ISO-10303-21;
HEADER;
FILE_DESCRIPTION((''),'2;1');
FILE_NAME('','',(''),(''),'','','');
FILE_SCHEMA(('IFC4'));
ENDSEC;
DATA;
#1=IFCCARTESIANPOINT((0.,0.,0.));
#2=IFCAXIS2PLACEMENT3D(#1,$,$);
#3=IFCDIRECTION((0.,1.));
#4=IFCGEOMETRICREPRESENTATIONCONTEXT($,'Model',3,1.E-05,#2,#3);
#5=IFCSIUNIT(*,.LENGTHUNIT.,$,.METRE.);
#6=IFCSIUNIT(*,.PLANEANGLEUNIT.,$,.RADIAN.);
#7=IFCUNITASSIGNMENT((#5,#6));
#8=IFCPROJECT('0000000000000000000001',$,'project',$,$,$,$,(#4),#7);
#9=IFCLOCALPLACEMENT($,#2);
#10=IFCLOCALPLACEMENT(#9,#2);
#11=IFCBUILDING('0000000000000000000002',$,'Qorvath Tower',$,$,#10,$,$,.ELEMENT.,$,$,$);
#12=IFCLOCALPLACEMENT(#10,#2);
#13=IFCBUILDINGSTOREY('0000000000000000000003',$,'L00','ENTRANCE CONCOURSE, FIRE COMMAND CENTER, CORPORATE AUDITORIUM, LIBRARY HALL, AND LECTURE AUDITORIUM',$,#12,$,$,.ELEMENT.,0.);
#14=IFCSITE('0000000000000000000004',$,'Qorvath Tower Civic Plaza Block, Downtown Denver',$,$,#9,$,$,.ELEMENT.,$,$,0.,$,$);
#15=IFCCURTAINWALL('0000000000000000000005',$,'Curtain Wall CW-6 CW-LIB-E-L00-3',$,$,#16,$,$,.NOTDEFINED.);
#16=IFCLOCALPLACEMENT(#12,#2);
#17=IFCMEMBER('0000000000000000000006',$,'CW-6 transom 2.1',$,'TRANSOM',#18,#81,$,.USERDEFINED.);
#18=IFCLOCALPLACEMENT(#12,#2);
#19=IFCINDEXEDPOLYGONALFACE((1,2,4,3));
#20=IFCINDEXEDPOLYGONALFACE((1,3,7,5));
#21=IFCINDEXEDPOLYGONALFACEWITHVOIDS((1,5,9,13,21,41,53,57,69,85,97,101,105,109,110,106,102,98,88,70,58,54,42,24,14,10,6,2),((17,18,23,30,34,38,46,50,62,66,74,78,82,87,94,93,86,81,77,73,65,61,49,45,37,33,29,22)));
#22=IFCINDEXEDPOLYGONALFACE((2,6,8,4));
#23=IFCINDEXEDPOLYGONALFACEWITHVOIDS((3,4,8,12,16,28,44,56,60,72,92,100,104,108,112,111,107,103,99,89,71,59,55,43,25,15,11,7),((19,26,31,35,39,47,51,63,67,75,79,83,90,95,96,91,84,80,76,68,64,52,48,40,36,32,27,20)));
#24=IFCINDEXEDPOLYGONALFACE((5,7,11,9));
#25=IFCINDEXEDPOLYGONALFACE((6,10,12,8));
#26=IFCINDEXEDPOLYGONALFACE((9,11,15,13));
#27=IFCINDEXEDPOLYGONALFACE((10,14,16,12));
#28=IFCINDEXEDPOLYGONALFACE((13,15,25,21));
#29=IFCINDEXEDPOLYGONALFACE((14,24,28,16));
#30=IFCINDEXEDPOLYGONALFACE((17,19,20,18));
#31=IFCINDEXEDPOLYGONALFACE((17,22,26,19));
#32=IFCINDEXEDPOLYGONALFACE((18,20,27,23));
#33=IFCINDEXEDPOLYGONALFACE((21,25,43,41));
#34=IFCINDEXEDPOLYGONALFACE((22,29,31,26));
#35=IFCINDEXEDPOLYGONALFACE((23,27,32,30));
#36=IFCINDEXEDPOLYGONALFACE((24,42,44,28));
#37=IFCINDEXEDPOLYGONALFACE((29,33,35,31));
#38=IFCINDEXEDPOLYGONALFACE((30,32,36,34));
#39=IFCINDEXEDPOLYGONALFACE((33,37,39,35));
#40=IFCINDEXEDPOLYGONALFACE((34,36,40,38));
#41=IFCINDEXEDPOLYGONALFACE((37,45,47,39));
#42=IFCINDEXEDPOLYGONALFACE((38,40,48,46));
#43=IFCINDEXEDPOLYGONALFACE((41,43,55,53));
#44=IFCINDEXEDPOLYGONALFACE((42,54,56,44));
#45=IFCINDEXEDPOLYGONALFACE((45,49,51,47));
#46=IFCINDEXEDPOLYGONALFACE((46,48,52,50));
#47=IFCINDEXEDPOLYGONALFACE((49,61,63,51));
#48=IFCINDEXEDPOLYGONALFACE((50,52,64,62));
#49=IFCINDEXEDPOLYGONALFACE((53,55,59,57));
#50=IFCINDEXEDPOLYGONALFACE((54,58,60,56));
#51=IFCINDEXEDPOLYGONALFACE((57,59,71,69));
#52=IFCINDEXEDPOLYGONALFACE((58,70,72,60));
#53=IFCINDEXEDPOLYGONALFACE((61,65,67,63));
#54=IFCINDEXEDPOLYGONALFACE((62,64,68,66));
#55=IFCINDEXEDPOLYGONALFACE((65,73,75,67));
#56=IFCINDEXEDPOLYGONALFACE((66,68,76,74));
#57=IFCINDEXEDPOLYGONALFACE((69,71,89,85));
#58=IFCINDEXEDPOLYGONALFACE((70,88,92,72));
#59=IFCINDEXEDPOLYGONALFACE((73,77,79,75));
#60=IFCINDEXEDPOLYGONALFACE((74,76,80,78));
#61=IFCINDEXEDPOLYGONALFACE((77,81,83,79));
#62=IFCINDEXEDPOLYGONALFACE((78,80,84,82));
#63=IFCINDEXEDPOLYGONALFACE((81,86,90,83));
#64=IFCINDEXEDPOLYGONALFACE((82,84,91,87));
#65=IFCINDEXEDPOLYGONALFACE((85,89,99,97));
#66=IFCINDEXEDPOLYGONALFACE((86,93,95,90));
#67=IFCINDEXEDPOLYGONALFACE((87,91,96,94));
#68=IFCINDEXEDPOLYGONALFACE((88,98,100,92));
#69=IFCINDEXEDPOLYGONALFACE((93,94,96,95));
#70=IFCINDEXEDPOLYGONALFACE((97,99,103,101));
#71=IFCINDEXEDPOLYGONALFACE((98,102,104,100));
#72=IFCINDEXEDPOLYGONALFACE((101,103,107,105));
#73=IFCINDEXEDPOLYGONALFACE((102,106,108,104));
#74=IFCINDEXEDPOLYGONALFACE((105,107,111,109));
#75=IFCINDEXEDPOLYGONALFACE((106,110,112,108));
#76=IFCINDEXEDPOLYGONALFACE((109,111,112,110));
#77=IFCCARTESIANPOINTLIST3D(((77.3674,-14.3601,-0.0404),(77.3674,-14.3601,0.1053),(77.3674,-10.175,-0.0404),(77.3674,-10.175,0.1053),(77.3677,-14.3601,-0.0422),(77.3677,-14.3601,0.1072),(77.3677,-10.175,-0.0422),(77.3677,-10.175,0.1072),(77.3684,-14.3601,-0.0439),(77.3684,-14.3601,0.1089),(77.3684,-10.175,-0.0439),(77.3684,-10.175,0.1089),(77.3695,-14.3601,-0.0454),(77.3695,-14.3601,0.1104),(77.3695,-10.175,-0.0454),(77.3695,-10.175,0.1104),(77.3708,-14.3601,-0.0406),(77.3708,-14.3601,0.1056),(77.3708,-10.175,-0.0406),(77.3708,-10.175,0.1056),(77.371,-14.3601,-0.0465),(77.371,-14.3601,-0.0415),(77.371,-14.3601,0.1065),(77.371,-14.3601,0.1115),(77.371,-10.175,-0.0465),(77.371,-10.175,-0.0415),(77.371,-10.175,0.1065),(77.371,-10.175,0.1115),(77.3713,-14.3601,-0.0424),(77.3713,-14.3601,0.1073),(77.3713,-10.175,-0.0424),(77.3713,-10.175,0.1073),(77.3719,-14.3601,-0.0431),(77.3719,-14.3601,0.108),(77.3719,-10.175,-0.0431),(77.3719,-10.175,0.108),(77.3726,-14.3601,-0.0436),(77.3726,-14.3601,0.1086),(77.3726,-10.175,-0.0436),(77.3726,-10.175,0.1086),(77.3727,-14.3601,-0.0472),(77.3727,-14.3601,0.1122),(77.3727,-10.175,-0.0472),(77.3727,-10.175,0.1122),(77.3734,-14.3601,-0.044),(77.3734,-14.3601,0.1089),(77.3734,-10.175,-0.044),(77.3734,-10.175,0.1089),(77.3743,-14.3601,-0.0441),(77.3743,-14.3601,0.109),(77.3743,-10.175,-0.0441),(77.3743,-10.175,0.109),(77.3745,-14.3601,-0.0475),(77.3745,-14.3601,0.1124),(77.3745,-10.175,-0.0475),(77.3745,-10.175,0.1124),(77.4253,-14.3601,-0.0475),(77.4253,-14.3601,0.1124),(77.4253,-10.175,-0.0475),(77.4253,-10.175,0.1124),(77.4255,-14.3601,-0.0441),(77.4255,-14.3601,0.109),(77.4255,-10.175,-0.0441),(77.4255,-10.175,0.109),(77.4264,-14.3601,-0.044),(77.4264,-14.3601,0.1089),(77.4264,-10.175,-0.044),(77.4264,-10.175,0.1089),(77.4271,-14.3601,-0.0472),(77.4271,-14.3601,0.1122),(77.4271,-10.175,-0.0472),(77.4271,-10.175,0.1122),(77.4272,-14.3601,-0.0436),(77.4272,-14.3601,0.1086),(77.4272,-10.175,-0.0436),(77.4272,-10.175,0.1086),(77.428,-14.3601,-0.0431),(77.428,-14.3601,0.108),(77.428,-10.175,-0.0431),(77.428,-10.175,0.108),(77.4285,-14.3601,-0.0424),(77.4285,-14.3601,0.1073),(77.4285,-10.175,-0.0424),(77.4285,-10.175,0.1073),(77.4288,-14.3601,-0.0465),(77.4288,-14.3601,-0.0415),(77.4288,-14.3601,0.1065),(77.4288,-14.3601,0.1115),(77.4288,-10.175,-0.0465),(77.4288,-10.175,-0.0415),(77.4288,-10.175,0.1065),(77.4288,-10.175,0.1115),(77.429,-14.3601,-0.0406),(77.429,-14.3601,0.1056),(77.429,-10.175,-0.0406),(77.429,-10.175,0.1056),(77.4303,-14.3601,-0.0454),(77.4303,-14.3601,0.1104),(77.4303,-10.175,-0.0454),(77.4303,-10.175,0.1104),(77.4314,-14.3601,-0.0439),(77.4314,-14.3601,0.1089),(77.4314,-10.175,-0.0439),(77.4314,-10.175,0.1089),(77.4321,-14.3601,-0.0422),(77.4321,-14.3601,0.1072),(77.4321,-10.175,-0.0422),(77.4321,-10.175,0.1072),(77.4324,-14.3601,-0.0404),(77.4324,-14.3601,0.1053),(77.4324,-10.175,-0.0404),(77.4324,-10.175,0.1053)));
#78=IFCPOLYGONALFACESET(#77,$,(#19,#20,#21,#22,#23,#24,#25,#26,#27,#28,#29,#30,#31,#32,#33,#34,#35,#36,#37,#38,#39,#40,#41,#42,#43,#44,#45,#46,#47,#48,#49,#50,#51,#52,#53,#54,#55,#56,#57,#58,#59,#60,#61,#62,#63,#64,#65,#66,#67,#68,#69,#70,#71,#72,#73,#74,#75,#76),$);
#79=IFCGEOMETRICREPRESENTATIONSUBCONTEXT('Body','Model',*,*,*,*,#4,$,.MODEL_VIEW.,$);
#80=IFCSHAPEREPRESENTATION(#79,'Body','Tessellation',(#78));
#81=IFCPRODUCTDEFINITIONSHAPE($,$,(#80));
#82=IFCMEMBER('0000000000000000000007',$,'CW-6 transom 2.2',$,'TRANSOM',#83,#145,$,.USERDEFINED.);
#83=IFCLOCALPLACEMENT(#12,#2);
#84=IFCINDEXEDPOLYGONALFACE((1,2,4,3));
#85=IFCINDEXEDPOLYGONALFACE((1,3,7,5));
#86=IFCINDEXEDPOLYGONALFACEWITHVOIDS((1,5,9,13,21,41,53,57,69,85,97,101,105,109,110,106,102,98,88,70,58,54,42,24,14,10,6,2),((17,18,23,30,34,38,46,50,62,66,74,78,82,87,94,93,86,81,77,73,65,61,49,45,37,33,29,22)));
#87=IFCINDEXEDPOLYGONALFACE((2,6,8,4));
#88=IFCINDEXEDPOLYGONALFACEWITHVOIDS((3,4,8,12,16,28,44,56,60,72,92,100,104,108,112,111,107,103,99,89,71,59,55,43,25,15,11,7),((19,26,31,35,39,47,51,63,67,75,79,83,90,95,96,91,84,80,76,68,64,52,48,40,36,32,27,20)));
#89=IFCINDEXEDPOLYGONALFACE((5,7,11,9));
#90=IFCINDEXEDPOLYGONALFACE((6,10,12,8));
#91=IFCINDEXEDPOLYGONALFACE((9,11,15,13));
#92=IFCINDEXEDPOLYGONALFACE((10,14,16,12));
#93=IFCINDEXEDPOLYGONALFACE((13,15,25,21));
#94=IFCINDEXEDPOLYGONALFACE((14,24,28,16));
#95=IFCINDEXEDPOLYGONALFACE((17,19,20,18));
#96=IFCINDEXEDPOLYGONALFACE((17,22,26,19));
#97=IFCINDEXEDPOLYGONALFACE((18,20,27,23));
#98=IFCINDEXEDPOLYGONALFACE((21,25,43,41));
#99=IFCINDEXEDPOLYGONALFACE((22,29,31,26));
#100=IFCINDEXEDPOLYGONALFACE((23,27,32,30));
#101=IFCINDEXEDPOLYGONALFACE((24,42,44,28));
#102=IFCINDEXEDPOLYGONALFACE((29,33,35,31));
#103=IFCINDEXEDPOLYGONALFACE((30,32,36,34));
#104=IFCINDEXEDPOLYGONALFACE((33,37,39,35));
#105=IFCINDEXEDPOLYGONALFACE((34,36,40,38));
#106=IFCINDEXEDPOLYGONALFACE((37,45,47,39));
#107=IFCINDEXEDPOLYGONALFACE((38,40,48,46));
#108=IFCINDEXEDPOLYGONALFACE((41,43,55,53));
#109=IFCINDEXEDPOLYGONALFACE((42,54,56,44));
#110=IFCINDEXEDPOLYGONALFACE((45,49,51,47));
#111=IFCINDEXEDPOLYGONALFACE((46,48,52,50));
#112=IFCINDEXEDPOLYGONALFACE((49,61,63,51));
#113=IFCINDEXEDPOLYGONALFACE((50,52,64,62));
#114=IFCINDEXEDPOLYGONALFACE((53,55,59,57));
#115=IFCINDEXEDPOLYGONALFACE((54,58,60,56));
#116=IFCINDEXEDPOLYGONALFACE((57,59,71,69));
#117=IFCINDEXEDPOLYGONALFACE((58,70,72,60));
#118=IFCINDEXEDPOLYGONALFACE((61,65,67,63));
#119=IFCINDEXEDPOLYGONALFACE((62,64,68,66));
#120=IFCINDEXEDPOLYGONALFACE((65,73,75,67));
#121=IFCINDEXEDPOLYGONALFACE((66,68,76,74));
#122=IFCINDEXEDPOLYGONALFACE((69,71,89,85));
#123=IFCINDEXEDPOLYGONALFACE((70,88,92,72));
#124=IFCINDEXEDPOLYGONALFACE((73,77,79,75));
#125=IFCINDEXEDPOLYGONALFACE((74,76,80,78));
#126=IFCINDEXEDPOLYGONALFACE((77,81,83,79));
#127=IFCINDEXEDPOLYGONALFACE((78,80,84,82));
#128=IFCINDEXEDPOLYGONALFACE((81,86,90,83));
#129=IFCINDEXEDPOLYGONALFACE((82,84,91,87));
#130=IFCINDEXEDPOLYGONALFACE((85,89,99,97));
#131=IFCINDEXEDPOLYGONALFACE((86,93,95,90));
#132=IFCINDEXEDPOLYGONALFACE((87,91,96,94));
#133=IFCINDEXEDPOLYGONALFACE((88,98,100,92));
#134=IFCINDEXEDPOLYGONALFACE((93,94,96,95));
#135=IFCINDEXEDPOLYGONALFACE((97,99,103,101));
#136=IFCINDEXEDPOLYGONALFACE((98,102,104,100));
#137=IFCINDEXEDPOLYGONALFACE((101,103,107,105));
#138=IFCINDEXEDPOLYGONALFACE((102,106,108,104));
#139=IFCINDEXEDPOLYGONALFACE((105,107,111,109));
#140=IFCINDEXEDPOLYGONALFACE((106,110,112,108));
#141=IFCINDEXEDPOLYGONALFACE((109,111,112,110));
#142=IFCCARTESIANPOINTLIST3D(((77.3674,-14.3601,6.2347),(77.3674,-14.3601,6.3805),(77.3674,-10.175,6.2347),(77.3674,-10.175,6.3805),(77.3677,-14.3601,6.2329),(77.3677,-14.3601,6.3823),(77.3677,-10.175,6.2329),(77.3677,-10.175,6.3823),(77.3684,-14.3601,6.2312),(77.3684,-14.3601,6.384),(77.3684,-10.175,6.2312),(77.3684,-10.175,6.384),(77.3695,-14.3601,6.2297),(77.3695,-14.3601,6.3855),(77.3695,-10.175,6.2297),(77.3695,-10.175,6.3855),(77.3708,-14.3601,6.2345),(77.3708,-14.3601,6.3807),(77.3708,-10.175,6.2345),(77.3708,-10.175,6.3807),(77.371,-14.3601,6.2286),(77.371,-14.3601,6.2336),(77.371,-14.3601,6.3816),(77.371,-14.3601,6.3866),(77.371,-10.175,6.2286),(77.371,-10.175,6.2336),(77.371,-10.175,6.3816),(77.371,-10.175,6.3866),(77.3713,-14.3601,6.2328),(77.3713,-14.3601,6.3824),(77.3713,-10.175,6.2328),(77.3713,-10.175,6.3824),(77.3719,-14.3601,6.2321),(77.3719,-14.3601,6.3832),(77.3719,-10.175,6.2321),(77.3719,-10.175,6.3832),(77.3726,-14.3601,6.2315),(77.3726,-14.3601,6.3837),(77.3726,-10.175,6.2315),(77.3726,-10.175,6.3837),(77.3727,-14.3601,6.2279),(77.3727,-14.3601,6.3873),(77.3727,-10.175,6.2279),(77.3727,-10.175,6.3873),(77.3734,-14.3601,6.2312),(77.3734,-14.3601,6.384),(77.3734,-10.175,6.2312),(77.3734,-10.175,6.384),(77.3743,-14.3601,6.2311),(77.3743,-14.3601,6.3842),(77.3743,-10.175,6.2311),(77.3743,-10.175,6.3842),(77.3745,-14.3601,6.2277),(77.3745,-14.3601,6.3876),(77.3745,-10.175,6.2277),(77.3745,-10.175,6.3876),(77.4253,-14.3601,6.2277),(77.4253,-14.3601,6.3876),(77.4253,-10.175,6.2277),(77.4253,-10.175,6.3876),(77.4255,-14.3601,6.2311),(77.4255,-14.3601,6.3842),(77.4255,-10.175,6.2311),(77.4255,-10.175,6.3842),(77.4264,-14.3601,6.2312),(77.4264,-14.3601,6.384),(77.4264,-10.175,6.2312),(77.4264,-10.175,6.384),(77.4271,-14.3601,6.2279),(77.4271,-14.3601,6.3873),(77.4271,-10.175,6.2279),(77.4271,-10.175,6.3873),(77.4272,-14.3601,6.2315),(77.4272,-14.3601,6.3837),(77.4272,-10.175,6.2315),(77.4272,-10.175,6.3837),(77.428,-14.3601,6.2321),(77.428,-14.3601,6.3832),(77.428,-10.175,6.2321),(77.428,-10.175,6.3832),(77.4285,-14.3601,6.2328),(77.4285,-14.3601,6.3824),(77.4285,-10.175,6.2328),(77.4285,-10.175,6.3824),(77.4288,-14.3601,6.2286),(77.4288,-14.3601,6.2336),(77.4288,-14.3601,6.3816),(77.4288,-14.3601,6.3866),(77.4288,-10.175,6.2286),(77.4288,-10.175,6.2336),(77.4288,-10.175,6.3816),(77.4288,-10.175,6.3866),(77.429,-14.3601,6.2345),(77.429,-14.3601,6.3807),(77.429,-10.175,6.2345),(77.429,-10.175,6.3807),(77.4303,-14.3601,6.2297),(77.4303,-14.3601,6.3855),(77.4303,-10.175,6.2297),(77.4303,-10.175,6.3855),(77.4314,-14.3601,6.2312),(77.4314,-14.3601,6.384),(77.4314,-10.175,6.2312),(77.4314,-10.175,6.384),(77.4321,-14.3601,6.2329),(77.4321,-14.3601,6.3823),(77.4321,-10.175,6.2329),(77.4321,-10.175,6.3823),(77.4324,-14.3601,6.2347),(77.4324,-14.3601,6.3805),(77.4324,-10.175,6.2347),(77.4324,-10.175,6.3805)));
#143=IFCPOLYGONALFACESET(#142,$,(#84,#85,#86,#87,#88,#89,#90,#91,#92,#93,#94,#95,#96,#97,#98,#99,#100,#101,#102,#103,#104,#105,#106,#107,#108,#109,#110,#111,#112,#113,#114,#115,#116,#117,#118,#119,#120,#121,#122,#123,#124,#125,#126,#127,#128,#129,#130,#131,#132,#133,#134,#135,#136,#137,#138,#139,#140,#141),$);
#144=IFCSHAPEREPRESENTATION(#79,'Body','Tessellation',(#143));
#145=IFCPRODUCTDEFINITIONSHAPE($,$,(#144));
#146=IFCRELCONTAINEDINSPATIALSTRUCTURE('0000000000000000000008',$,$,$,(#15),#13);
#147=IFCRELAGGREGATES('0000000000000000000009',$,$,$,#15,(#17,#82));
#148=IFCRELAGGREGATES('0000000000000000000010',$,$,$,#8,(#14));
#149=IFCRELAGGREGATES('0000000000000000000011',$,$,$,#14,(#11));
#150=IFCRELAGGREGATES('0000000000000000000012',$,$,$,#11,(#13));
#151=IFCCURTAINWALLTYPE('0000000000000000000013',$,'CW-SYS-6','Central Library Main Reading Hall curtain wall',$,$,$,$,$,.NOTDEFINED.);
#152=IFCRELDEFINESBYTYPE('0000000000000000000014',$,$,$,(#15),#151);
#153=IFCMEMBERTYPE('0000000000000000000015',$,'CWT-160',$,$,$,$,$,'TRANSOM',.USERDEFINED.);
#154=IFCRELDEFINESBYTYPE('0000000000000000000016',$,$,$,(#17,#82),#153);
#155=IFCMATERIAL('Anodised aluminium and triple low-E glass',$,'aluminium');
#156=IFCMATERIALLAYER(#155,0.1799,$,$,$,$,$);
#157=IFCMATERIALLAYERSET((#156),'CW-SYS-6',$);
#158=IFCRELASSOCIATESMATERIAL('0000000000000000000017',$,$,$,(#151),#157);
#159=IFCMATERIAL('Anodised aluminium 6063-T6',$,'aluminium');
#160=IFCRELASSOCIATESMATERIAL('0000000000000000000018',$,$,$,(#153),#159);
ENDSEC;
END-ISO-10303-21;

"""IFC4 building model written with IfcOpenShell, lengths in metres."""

from ifc_helpers import new_model, si_unit, direction, frame, origin, origin_2d, place, context, subcontext, project, spatial, hollow_rectangle, extrude, material, layer, layer_set, material_profile, profile_set, type_object, element, aggregate, save


model = new_model("IFC4")

# Units and contexts
model_context = context("Model", 3, precision=1e-05, world=origin(), true_north=direction((0.0, 1.0)))
body_context = subcontext(model_context, "Body", "Model", "MODEL_VIEW")
ifc_project = project(units=[si_unit("LENGTHUNIT", "METRE"), si_unit("PLANEANGLEUNIT", "RADIAN")], contexts=[model_context])

# Site, building, storey
site_placement = place(None, origin())
site = spatial("IfcSite", under=ifc_project, at=site_placement, Name="Qorvath Tower Civic Plaza Block, Downtown Denver", CompositionType="ELEMENT", RefElevation=0.0)
building_placement = place(site_placement, origin())
building = spatial("IfcBuilding", under=site, at=building_placement, Name="Qorvath Tower", CompositionType="ELEMENT")
storey_placement = place(building_placement, origin())
storey = spatial("IfcBuildingStorey", under=building, at=storey_placement, Name="L00", Description="ENTRANCE CONCOURSE, FIRE COMMAND CENTER, CORPORATE AUDITORIUM, LIBRARY HALL, AND LECTURE AUDITORIUM", CompositionType="ELEMENT", Elevation=0.0)

# Curtain wall
ifc_material_1 = material(Name="Anodised aluminium and triple low-E glass", Category="aluminium")
ifc_layer_1 = layer(ifc_material_1, 0.1799)
ifc_layer_set_1 = layer_set([ifc_layer_1], Name="CW-SYS-6")
curtain_wall_type = type_object("IfcCurtainWallType", Name="CW-SYS-6", Description="Central Library Main Reading Hall curtain wall", PredefinedType="NOTDEFINED", material=ifc_layer_set_1)
curtain_wall_1_placement = place(storey_placement, origin())
curtain_wall_1 = element("IfcCurtainWall", 1, at=curtain_wall_1_placement, inside=storey, type_object=curtain_wall_type, Name="Curtain Wall CW-6 CW-LIB-E-L00-3", PredefinedType="NOTDEFINED")

# Members
ifc_material_2 = material(Name="Anodised aluminium 6063-T6", Category="aluminium")
ifc_material_profile_1 = material_profile(ifc_material_2, hollow_rectangle(XDim=0.0649, YDim=0.1599, WallThickness=0.0034, InnerFilletRadius=0.0034, OuterFilletRadius=0.0071, at=origin_2d()), Name="CWT 160x65")
ifc_profile_set_1 = profile_set([ifc_material_profile_1], Name="Anodised aluminium 6063-T6")
member_type_1 = type_object("IfcMemberType", Name="CWT-160", ElementType="TRANSOM", PredefinedType="USERDEFINED", material=ifc_profile_set_1)
member_1_placement = place(storey_placement, frame((77.3999, -14.3601, 0.0325), z_axis=(0.0, 1.0, 0.0), x_axis=(-1.0, 0.0, 0.0)))
member_1 = element("IfcMember", 2, at=member_1_placement, type_object=member_type_1, Name="CW-6 transom 2.1", ObjectType="TRANSOM", PredefinedType="USERDEFINED", context=body_context, shape_type="SweptSolid", body=[
    extrude(hollow_rectangle(XDim=0.0649, YDim=0.1599, WallThickness=0.0034, InnerFilletRadius=0.0034, OuterFilletRadius=0.0071, at=origin_2d()), origin(), (0.0, 0.0, 1.0), 4.1851),
])
member_2_placement = place(storey_placement, frame((77.3999, -14.3601, 6.3076), z_axis=(0.0, 1.0, 0.0), x_axis=(-1.0, 0.0, 0.0)))
member_2 = element("IfcMember", 3, at=member_2_placement, type_object=member_type_1, Name="CW-6 transom 2.2", ObjectType="TRANSOM", PredefinedType="USERDEFINED", context=body_context, shape_type="SweptSolid", body=[
    extrude(hollow_rectangle(XDim=0.0649, YDim=0.1599, WallThickness=0.0034, InnerFilletRadius=0.0034, OuterFilletRadius=0.0071, at=origin_2d()), origin(), (0.0, 0.0, 1.0), 4.1851),
])

aggregate(curtain_wall_1, [member_1, member_2])

save(model, "model.ifc")
